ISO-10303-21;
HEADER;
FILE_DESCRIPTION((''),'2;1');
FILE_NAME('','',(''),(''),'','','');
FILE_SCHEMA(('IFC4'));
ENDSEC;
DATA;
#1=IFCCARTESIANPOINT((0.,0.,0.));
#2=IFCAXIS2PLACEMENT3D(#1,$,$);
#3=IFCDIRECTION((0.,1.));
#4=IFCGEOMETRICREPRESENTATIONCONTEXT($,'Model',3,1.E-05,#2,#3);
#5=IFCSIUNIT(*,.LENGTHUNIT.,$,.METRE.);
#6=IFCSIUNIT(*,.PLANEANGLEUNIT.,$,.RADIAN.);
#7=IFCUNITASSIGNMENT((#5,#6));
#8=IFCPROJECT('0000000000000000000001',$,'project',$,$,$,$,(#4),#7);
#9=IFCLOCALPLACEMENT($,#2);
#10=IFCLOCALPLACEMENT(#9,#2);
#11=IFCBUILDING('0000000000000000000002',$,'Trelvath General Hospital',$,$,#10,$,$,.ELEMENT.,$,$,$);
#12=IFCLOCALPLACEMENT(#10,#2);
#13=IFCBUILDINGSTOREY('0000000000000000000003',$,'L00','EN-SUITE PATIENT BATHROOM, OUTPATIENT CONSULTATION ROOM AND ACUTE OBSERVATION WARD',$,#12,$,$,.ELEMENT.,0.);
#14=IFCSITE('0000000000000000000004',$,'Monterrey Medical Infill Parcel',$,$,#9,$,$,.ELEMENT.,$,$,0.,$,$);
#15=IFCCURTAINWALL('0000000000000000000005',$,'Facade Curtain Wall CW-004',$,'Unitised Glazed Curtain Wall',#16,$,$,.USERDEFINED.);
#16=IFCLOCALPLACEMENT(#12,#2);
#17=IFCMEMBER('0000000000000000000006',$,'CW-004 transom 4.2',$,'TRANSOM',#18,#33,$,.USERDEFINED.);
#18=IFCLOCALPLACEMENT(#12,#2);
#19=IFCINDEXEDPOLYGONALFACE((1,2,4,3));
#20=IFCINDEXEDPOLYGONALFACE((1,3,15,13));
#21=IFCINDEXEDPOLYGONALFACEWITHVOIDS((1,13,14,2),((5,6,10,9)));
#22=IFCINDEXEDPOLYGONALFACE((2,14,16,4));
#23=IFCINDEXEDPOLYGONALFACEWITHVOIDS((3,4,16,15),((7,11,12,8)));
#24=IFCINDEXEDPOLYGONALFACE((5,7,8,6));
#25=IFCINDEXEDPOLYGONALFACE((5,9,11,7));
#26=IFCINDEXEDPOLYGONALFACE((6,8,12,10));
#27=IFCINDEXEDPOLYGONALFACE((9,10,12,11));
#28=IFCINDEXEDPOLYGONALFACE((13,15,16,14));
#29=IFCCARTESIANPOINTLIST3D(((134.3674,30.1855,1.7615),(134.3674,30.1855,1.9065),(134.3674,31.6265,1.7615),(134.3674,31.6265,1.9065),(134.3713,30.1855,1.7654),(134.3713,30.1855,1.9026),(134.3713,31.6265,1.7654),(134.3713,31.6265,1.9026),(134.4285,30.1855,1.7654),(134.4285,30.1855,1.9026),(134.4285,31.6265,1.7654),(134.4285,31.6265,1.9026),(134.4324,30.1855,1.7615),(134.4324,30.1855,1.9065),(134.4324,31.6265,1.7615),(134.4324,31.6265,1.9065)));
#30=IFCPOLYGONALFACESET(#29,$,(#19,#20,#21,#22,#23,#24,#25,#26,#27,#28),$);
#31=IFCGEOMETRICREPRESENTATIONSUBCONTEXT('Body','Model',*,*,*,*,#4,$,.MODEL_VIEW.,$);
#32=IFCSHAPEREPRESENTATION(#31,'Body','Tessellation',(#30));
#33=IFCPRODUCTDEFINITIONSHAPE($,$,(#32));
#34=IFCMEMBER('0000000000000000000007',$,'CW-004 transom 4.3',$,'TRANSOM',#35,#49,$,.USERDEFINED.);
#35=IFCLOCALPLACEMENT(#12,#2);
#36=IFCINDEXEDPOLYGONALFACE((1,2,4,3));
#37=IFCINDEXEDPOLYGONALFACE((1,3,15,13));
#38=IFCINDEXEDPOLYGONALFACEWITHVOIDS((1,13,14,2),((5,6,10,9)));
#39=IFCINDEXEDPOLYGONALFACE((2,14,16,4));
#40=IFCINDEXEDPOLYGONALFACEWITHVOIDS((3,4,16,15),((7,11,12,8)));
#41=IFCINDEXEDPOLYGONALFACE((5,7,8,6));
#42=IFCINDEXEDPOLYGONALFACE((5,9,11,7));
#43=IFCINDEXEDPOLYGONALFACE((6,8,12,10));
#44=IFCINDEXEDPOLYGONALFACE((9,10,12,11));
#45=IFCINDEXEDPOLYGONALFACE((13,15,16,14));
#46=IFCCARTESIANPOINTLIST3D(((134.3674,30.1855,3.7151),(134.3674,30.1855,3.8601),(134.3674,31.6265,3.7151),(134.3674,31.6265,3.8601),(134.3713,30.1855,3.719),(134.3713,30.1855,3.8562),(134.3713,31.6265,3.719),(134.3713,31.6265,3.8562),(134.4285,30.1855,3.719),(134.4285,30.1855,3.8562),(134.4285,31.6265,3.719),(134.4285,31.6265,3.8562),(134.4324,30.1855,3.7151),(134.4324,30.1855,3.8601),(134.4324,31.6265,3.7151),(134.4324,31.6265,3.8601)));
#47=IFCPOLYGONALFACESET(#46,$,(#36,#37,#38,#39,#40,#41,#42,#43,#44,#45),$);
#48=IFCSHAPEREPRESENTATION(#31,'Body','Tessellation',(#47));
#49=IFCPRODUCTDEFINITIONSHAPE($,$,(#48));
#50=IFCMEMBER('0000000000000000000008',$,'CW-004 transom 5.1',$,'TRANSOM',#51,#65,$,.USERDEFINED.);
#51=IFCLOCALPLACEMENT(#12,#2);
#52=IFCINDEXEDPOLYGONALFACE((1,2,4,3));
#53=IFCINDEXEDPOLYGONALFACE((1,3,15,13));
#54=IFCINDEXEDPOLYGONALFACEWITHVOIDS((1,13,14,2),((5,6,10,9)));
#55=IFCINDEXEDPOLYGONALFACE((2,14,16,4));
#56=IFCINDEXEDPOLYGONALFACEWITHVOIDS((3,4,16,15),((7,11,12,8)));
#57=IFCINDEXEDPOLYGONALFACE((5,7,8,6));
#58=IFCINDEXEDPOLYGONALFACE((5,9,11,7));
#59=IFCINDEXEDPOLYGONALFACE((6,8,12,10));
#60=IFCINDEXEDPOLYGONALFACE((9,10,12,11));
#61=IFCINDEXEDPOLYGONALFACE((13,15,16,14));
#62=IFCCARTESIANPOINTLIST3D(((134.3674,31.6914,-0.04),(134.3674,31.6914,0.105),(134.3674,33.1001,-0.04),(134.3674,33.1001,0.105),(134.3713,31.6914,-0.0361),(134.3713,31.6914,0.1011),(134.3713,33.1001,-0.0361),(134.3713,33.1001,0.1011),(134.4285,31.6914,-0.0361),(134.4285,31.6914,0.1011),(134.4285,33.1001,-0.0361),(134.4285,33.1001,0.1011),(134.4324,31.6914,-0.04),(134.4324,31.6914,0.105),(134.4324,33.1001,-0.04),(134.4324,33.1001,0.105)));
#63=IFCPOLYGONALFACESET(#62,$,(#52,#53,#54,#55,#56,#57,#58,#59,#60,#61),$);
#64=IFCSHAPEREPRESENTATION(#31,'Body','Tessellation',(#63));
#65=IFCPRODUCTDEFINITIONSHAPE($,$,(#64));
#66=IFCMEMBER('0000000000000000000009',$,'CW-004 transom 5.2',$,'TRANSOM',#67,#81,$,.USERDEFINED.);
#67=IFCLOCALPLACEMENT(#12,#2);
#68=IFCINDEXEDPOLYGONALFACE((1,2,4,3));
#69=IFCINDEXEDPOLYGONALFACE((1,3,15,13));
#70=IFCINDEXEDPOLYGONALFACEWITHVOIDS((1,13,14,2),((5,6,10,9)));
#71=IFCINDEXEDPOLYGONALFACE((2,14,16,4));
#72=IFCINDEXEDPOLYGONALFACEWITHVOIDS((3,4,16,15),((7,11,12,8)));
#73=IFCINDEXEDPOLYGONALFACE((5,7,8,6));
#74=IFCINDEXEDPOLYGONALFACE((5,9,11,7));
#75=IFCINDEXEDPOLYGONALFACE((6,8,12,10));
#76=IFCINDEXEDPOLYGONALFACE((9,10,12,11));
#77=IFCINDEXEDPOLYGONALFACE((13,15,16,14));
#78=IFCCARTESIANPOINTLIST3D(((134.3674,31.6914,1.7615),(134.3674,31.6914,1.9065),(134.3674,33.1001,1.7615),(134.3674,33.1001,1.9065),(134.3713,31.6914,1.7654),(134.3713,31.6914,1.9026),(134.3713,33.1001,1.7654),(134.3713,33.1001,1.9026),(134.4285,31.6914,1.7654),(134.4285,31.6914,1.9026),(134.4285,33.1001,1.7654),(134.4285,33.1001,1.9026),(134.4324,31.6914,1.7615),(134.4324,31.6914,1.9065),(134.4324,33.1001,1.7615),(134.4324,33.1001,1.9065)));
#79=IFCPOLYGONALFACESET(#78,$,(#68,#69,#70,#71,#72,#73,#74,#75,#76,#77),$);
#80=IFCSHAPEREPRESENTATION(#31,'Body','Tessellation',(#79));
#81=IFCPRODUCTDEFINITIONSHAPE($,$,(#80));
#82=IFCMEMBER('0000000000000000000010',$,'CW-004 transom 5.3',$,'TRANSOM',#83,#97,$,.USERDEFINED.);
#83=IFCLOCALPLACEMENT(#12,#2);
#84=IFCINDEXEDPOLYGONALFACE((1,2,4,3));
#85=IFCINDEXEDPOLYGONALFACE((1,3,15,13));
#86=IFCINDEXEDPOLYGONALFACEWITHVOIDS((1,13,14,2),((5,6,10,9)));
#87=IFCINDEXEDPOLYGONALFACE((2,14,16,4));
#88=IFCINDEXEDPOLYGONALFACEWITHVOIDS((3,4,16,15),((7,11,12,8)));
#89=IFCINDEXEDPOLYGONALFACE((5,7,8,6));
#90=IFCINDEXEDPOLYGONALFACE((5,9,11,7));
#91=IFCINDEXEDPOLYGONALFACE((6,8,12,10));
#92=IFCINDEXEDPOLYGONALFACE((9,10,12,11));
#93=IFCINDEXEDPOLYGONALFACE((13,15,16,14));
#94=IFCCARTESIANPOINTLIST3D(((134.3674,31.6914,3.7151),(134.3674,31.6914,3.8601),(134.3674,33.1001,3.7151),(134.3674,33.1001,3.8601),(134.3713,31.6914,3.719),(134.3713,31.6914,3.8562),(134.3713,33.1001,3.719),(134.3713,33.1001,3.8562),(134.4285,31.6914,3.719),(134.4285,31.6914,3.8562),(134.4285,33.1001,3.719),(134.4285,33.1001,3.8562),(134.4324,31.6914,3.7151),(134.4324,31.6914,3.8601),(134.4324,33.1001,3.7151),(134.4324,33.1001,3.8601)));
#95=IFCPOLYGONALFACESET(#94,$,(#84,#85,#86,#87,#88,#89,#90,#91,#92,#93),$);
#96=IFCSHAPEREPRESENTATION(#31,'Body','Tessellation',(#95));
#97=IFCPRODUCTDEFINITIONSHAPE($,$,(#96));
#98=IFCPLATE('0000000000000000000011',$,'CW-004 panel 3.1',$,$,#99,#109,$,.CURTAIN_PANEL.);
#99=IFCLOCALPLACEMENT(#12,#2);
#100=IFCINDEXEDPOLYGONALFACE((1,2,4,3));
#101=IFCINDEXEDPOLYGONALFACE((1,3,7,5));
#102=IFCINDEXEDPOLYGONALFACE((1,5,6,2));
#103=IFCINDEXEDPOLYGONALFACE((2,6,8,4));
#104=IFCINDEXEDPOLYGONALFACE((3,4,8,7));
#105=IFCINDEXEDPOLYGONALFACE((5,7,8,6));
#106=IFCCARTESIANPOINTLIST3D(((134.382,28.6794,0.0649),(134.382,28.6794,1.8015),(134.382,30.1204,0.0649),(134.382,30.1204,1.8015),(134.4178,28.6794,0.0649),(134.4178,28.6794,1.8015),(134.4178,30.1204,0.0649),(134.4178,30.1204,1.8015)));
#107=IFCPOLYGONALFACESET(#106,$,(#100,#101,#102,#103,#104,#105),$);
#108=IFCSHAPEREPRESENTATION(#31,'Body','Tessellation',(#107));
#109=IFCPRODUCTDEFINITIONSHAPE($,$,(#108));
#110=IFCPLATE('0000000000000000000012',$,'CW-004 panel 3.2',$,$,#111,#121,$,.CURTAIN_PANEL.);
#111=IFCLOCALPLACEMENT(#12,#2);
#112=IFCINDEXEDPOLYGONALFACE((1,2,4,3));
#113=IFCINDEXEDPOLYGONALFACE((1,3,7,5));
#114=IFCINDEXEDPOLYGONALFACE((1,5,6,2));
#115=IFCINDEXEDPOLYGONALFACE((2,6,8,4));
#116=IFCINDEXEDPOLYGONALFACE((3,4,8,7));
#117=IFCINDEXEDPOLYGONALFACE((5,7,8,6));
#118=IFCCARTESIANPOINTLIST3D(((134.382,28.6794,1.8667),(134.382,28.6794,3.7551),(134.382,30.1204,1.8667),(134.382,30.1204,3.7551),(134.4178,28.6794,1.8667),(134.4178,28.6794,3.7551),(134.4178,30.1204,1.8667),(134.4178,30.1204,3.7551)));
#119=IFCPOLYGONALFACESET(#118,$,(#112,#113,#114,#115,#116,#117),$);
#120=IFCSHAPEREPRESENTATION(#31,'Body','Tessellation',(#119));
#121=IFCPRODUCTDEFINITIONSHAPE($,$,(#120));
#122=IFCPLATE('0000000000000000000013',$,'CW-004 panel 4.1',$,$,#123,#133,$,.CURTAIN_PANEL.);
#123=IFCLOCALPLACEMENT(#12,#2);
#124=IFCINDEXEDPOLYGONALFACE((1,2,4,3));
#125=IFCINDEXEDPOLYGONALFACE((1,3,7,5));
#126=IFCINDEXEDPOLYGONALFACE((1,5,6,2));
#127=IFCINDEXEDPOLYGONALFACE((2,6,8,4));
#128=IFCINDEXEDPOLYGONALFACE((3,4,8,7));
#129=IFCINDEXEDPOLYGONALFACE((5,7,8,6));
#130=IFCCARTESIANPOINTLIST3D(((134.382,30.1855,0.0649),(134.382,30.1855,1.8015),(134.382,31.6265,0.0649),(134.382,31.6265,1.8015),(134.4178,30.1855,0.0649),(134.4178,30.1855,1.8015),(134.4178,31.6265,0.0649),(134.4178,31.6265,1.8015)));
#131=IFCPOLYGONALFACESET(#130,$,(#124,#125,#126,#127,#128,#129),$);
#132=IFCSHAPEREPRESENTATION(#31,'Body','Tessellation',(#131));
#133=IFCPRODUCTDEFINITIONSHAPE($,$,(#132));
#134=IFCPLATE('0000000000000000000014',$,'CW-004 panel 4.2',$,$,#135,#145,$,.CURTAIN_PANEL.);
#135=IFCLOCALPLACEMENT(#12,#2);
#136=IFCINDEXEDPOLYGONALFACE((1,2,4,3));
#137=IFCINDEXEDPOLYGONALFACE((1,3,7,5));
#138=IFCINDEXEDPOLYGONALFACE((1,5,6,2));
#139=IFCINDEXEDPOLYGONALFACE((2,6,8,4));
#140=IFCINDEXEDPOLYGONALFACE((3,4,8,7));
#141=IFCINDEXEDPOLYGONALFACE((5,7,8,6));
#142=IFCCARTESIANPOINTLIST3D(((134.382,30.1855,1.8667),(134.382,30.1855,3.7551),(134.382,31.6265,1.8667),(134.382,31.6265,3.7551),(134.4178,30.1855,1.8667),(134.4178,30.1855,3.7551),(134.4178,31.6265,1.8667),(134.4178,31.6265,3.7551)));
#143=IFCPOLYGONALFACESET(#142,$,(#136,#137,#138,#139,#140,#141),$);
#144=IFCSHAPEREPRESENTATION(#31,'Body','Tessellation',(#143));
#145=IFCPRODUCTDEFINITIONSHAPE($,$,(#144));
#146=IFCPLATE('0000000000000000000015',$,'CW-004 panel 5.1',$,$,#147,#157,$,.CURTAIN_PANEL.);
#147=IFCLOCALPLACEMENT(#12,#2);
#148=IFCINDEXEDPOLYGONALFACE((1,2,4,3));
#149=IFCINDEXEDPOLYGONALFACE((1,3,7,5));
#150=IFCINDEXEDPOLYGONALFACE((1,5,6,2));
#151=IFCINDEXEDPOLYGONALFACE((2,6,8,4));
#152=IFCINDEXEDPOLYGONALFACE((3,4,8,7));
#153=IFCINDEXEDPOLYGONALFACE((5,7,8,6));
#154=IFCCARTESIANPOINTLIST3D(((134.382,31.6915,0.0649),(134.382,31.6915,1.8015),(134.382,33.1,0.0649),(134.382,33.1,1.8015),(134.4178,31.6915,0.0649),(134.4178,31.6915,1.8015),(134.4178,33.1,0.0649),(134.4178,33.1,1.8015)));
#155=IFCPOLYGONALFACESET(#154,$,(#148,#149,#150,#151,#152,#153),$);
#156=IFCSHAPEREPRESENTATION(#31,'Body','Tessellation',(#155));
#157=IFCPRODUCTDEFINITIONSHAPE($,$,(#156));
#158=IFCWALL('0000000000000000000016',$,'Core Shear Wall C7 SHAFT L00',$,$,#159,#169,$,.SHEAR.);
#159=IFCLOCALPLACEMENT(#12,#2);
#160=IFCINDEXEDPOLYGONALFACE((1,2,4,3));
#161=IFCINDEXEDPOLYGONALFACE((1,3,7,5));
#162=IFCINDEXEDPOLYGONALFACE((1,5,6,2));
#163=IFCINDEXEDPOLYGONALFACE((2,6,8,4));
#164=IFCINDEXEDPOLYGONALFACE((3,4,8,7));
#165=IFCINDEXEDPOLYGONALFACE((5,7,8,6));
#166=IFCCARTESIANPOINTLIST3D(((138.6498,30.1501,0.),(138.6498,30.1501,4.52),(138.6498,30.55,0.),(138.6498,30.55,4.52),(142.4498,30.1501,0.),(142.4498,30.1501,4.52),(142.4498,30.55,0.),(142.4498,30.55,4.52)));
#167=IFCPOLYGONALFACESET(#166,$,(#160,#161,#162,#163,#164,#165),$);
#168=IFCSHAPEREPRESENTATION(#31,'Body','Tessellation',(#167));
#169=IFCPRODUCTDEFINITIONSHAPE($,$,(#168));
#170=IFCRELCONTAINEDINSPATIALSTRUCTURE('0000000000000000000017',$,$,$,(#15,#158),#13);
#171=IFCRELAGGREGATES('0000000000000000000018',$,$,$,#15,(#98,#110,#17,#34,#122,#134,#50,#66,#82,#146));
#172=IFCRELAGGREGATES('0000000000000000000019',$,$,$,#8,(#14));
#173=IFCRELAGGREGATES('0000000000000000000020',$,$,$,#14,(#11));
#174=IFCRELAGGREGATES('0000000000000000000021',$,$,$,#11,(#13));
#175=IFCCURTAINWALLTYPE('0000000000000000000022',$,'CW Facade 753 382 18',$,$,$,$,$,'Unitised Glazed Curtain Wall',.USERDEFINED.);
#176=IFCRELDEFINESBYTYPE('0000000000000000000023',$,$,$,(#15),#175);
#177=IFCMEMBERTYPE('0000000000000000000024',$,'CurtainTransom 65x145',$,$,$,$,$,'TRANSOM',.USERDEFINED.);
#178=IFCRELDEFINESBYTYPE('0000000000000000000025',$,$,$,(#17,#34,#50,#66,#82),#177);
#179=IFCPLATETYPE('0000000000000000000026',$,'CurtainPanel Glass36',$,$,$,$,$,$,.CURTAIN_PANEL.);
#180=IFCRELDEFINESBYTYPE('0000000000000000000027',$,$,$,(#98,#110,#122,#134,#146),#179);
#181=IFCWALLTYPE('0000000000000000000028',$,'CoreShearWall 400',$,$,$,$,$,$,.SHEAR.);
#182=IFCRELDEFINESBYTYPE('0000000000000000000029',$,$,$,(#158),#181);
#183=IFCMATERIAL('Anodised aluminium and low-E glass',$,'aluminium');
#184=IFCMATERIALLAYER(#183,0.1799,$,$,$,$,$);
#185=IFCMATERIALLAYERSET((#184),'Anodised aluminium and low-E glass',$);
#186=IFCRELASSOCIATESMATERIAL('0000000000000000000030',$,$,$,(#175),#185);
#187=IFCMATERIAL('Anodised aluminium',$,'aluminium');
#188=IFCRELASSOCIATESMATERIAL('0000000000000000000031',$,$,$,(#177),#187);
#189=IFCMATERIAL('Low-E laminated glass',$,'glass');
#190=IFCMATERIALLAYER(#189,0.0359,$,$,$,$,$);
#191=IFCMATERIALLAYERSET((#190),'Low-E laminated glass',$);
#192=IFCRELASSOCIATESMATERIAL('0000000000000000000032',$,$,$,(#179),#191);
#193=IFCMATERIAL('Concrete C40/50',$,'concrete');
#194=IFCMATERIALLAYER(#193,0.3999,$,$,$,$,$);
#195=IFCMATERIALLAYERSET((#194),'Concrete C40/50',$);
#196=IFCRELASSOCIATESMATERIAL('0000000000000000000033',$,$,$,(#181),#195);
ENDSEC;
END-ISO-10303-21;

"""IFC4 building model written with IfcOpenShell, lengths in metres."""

from ifc_helpers import new_model, si_unit, direction, frame, frame_2d, origin, origin_2d, place, context, subcontext, project, spatial, rectangle, hollow_rectangle, extrude, material, layer, layer_set, material_profile, profile_set, type_object, element, aggregate, save


model = new_model("IFC4")

# Units and contexts
model_context = context("Model", 3, precision=1e-05, world=origin(), true_north=direction((0.0, 1.0)))
body_context = subcontext(model_context, "Body", "Model", "MODEL_VIEW")
ifc_project = project(units=[si_unit("LENGTHUNIT", "METRE"), si_unit("PLANEANGLEUNIT", "RADIAN")], contexts=[model_context])

# Site, building, storey
site_placement = place(None, origin())
site = spatial("IfcSite", under=ifc_project, at=site_placement, Name="Monterrey Medical Infill Parcel", CompositionType="ELEMENT", RefElevation=0.0)
building_placement = place(site_placement, origin())
building = spatial("IfcBuilding", under=site, at=building_placement, Name="Trelvath General Hospital", CompositionType="ELEMENT")
storey_placement = place(building_placement, origin())
storey = spatial("IfcBuildingStorey", under=building, at=storey_placement, Name="L00", Description="EN-SUITE PATIENT BATHROOM, OUTPATIENT CONSULTATION ROOM AND ACUTE OBSERVATION WARD", CompositionType="ELEMENT", Elevation=0.0)

# Curtain wall, members, plates
ifc_material_1 = material(Name="Anodised aluminium and low-E glass", Category="aluminium")
ifc_layer_1 = layer(ifc_material_1, 0.1799)
ifc_layer_set_1 = layer_set([ifc_layer_1], Name="Anodised aluminium and low-E glass")
curtain_wall_type = type_object("IfcCurtainWallType", Name="CW Facade 753 382 18", ElementType="Unitised Glazed Curtain Wall", PredefinedType="USERDEFINED", material=ifc_layer_set_1)
curtain_wall_placement = place(storey_placement, origin())
curtain_wall = element("IfcCurtainWall", 1, at=curtain_wall_placement, inside=storey, type_object=curtain_wall_type, Name="Facade Curtain Wall CW-004", ObjectType="Unitised Glazed Curtain Wall", PredefinedType="USERDEFINED")
ifc_material_2 = material(Name="Anodised aluminium", Category="aluminium")
ifc_material_profile_1 = material_profile(ifc_material_2, hollow_rectangle(XDim=0.0649, YDim=0.145, WallThickness=0.0039, at=origin_2d()), Name="RHS65x145x4")
ifc_profile_set_1 = profile_set([ifc_material_profile_1], Name="Anodised aluminium")
member_type_1 = type_object("IfcMemberType", Name="CurtainTransom 65x145", ElementType="TRANSOM", PredefinedType="USERDEFINED", material=ifc_profile_set_1)
member_1_placement = place(storey_placement, frame((134.3999, 30.1855, 1.834), z_axis=(0.0, 1.0, 0.0), x_axis=(-1.0, 0.0, 0.0)))
member_1 = element("IfcMember", 2, at=member_1_placement, type_object=member_type_1, Name="CW-004 transom 4.2", ObjectType="TRANSOM", PredefinedType="USERDEFINED", context=body_context, shape_type="SweptSolid", body=[
    extrude(hollow_rectangle(XDim=0.0649, YDim=0.145, WallThickness=0.0039, at=origin_2d()), origin(), (0.0, 0.0, 1.0), 1.4409),
])
member_2_placement = place(storey_placement, frame((134.3999, 30.1855, 3.7876), z_axis=(0.0, 1.0, 0.0), x_axis=(-1.0, 0.0, 0.0)))
member_2 = element("IfcMember", 3, at=member_2_placement, type_object=member_type_1, Name="CW-004 transom 4.3", ObjectType="TRANSOM", PredefinedType="USERDEFINED", context=body_context, shape_type="SweptSolid", body=[
    extrude(hollow_rectangle(XDim=0.0649, YDim=0.145, WallThickness=0.0039, at=origin_2d()), origin(), (0.0, 0.0, 1.0), 1.4409),
])
member_3_placement = place(storey_placement, frame((134.3999, 31.6914, 0.0325), z_axis=(0.0, 1.0, 0.0), x_axis=(-1.0, 0.0, 0.0)))
member_3 = element("IfcMember", 4, at=member_3_placement, type_object=member_type_1, Name="CW-004 transom 5.1", ObjectType="TRANSOM", PredefinedType="USERDEFINED", context=body_context, shape_type="SweptSolid", body=[
    extrude(hollow_rectangle(XDim=0.0649, YDim=0.145, WallThickness=0.0039, at=origin_2d()), origin(), (0.0, 0.0, 1.0), 1.4087),
])
member_4_placement = place(storey_placement, frame((134.3999, 31.6914, 1.834), z_axis=(0.0, 1.0, 0.0), x_axis=(-1.0, 0.0, 0.0)))
member_4 = element("IfcMember", 5, at=member_4_placement, type_object=member_type_1, Name="CW-004 transom 5.2", ObjectType="TRANSOM", PredefinedType="USERDEFINED", context=body_context, shape_type="SweptSolid", body=[
    extrude(hollow_rectangle(XDim=0.0649, YDim=0.145, WallThickness=0.0039, at=origin_2d()), origin(), (0.0, 0.0, 1.0), 1.4087),
])
member_5_placement = place(storey_placement, frame((134.3999, 31.6914, 3.7876), z_axis=(0.0, 1.0, 0.0), x_axis=(-1.0, 0.0, 0.0)))
member_5 = element("IfcMember", 6, at=member_5_placement, type_object=member_type_1, Name="CW-004 transom 5.3", ObjectType="TRANSOM", PredefinedType="USERDEFINED", context=body_context, shape_type="SweptSolid", body=[
    extrude(hollow_rectangle(XDim=0.0649, YDim=0.145, WallThickness=0.0039, at=origin_2d()), origin(), (0.0, 0.0, 1.0), 1.4087),
])
ifc_material_3 = material(Name="Low-E laminated glass", Category="glass")
ifc_layer_2 = layer(ifc_material_3, 0.0359)
ifc_layer_set_2 = layer_set([ifc_layer_2], Name="Low-E laminated glass")
plate_type = type_object("IfcPlateType", Name="CurtainPanel Glass36", PredefinedType="CURTAIN_PANEL", material=ifc_layer_set_2)
plate_1_placement = place(storey_placement, frame((134.3999, 29.3999, 0.0649), z_axis=(0.0, 0.0, 1.0), x_axis=(0.0, 1.0, 0.0)))
plate_1 = element("IfcPlate", 7, at=plate_1_placement, type_object=plate_type, Name="CW-004 panel 3.1", PredefinedType="CURTAIN_PANEL", context=body_context, shape_type="SweptSolid", body=[
    extrude(rectangle(XDim=1.4409, YDim=0.0359, at=origin_2d()), origin(), (0.0, 0.0, 1.0), 1.7366),
])
plate_2_placement = place(storey_placement, frame((134.3999, 29.3999, 1.8667), z_axis=(0.0, 0.0, 1.0), x_axis=(0.0, 1.0, 0.0)))
plate_2 = element("IfcPlate", 8, at=plate_2_placement, type_object=plate_type, Name="CW-004 panel 3.2", PredefinedType="CURTAIN_PANEL", context=body_context, shape_type="SweptSolid", body=[
    extrude(rectangle(XDim=1.4409, YDim=0.0359, at=origin_2d()), origin(), (0.0, 0.0, 1.0), 1.8884),
])
plate_3_placement = place(storey_placement, frame((134.3999, 30.906, 0.0649), z_axis=(0.0, 0.0, 1.0), x_axis=(0.0, 1.0, 0.0)))
plate_3 = element("IfcPlate", 9, at=plate_3_placement, type_object=plate_type, Name="CW-004 panel 4.1", PredefinedType="CURTAIN_PANEL", context=body_context, shape_type="SweptSolid", body=[
    extrude(rectangle(XDim=1.4409, YDim=0.0359, at=origin_2d()), origin(), (0.0, 0.0, 1.0), 1.7366),
])
plate_4_placement = place(storey_placement, frame((134.3999, 30.906, 1.8667), z_axis=(0.0, 0.0, 1.0), x_axis=(0.0, 1.0, 0.0)))
plate_4 = element("IfcPlate", 10, at=plate_4_placement, type_object=plate_type, Name="CW-004 panel 4.2", PredefinedType="CURTAIN_PANEL", context=body_context, shape_type="SweptSolid", body=[
    extrude(rectangle(XDim=1.4409, YDim=0.0359, at=origin_2d()), origin(), (0.0, 0.0, 1.0), 1.8884),
])
plate_5_placement = place(storey_placement, frame((134.3999, 32.3958, 0.0649), z_axis=(0.0, 0.0, 1.0), x_axis=(0.0, 1.0, 0.0)))
plate_5 = element("IfcPlate", 11, at=plate_5_placement, type_object=plate_type, Name="CW-004 panel 5.1", PredefinedType="CURTAIN_PANEL", context=body_context, shape_type="SweptSolid", body=[
    extrude(rectangle(XDim=1.4084, YDim=0.0359, at=origin_2d()), origin(), (0.0, 0.0, 1.0), 1.7366),
])
aggregate(curtain_wall, [plate_1, plate_2, member_1, member_2, plate_3, plate_4, member_3, member_4, member_5, plate_5])

# Wall
ifc_material_4 = material(Name="Concrete C40/50", Category="concrete")
ifc_layer_3 = layer(ifc_material_4, 0.3999)
ifc_layer_set_3 = layer_set([ifc_layer_3], Name="Concrete C40/50")
wall_type = type_object("IfcWallType", Name="CoreShearWall 400", PredefinedType="SHEAR", material=ifc_layer_set_3)
wall_placement = place(storey_placement, frame((138.6499, 30.3501, 0.0), z_axis=(0.0, 0.0, 1.0), x_axis=(1.0, 0.0, 0.0)))
element("IfcWall", 12, at=wall_placement, inside=storey, type_object=wall_type, Name="Core Shear Wall C7 SHAFT L00", PredefinedType="SHEAR", context=body_context, shape_type="SweptSolid", body=[
    extrude(rectangle(XDim=3.8, YDim=0.3999, at=frame_2d((1.8999, 0.0))), origin(), (0.0, 0.0, 1.0), 4.52),
])

save(model, "model.ifc")
